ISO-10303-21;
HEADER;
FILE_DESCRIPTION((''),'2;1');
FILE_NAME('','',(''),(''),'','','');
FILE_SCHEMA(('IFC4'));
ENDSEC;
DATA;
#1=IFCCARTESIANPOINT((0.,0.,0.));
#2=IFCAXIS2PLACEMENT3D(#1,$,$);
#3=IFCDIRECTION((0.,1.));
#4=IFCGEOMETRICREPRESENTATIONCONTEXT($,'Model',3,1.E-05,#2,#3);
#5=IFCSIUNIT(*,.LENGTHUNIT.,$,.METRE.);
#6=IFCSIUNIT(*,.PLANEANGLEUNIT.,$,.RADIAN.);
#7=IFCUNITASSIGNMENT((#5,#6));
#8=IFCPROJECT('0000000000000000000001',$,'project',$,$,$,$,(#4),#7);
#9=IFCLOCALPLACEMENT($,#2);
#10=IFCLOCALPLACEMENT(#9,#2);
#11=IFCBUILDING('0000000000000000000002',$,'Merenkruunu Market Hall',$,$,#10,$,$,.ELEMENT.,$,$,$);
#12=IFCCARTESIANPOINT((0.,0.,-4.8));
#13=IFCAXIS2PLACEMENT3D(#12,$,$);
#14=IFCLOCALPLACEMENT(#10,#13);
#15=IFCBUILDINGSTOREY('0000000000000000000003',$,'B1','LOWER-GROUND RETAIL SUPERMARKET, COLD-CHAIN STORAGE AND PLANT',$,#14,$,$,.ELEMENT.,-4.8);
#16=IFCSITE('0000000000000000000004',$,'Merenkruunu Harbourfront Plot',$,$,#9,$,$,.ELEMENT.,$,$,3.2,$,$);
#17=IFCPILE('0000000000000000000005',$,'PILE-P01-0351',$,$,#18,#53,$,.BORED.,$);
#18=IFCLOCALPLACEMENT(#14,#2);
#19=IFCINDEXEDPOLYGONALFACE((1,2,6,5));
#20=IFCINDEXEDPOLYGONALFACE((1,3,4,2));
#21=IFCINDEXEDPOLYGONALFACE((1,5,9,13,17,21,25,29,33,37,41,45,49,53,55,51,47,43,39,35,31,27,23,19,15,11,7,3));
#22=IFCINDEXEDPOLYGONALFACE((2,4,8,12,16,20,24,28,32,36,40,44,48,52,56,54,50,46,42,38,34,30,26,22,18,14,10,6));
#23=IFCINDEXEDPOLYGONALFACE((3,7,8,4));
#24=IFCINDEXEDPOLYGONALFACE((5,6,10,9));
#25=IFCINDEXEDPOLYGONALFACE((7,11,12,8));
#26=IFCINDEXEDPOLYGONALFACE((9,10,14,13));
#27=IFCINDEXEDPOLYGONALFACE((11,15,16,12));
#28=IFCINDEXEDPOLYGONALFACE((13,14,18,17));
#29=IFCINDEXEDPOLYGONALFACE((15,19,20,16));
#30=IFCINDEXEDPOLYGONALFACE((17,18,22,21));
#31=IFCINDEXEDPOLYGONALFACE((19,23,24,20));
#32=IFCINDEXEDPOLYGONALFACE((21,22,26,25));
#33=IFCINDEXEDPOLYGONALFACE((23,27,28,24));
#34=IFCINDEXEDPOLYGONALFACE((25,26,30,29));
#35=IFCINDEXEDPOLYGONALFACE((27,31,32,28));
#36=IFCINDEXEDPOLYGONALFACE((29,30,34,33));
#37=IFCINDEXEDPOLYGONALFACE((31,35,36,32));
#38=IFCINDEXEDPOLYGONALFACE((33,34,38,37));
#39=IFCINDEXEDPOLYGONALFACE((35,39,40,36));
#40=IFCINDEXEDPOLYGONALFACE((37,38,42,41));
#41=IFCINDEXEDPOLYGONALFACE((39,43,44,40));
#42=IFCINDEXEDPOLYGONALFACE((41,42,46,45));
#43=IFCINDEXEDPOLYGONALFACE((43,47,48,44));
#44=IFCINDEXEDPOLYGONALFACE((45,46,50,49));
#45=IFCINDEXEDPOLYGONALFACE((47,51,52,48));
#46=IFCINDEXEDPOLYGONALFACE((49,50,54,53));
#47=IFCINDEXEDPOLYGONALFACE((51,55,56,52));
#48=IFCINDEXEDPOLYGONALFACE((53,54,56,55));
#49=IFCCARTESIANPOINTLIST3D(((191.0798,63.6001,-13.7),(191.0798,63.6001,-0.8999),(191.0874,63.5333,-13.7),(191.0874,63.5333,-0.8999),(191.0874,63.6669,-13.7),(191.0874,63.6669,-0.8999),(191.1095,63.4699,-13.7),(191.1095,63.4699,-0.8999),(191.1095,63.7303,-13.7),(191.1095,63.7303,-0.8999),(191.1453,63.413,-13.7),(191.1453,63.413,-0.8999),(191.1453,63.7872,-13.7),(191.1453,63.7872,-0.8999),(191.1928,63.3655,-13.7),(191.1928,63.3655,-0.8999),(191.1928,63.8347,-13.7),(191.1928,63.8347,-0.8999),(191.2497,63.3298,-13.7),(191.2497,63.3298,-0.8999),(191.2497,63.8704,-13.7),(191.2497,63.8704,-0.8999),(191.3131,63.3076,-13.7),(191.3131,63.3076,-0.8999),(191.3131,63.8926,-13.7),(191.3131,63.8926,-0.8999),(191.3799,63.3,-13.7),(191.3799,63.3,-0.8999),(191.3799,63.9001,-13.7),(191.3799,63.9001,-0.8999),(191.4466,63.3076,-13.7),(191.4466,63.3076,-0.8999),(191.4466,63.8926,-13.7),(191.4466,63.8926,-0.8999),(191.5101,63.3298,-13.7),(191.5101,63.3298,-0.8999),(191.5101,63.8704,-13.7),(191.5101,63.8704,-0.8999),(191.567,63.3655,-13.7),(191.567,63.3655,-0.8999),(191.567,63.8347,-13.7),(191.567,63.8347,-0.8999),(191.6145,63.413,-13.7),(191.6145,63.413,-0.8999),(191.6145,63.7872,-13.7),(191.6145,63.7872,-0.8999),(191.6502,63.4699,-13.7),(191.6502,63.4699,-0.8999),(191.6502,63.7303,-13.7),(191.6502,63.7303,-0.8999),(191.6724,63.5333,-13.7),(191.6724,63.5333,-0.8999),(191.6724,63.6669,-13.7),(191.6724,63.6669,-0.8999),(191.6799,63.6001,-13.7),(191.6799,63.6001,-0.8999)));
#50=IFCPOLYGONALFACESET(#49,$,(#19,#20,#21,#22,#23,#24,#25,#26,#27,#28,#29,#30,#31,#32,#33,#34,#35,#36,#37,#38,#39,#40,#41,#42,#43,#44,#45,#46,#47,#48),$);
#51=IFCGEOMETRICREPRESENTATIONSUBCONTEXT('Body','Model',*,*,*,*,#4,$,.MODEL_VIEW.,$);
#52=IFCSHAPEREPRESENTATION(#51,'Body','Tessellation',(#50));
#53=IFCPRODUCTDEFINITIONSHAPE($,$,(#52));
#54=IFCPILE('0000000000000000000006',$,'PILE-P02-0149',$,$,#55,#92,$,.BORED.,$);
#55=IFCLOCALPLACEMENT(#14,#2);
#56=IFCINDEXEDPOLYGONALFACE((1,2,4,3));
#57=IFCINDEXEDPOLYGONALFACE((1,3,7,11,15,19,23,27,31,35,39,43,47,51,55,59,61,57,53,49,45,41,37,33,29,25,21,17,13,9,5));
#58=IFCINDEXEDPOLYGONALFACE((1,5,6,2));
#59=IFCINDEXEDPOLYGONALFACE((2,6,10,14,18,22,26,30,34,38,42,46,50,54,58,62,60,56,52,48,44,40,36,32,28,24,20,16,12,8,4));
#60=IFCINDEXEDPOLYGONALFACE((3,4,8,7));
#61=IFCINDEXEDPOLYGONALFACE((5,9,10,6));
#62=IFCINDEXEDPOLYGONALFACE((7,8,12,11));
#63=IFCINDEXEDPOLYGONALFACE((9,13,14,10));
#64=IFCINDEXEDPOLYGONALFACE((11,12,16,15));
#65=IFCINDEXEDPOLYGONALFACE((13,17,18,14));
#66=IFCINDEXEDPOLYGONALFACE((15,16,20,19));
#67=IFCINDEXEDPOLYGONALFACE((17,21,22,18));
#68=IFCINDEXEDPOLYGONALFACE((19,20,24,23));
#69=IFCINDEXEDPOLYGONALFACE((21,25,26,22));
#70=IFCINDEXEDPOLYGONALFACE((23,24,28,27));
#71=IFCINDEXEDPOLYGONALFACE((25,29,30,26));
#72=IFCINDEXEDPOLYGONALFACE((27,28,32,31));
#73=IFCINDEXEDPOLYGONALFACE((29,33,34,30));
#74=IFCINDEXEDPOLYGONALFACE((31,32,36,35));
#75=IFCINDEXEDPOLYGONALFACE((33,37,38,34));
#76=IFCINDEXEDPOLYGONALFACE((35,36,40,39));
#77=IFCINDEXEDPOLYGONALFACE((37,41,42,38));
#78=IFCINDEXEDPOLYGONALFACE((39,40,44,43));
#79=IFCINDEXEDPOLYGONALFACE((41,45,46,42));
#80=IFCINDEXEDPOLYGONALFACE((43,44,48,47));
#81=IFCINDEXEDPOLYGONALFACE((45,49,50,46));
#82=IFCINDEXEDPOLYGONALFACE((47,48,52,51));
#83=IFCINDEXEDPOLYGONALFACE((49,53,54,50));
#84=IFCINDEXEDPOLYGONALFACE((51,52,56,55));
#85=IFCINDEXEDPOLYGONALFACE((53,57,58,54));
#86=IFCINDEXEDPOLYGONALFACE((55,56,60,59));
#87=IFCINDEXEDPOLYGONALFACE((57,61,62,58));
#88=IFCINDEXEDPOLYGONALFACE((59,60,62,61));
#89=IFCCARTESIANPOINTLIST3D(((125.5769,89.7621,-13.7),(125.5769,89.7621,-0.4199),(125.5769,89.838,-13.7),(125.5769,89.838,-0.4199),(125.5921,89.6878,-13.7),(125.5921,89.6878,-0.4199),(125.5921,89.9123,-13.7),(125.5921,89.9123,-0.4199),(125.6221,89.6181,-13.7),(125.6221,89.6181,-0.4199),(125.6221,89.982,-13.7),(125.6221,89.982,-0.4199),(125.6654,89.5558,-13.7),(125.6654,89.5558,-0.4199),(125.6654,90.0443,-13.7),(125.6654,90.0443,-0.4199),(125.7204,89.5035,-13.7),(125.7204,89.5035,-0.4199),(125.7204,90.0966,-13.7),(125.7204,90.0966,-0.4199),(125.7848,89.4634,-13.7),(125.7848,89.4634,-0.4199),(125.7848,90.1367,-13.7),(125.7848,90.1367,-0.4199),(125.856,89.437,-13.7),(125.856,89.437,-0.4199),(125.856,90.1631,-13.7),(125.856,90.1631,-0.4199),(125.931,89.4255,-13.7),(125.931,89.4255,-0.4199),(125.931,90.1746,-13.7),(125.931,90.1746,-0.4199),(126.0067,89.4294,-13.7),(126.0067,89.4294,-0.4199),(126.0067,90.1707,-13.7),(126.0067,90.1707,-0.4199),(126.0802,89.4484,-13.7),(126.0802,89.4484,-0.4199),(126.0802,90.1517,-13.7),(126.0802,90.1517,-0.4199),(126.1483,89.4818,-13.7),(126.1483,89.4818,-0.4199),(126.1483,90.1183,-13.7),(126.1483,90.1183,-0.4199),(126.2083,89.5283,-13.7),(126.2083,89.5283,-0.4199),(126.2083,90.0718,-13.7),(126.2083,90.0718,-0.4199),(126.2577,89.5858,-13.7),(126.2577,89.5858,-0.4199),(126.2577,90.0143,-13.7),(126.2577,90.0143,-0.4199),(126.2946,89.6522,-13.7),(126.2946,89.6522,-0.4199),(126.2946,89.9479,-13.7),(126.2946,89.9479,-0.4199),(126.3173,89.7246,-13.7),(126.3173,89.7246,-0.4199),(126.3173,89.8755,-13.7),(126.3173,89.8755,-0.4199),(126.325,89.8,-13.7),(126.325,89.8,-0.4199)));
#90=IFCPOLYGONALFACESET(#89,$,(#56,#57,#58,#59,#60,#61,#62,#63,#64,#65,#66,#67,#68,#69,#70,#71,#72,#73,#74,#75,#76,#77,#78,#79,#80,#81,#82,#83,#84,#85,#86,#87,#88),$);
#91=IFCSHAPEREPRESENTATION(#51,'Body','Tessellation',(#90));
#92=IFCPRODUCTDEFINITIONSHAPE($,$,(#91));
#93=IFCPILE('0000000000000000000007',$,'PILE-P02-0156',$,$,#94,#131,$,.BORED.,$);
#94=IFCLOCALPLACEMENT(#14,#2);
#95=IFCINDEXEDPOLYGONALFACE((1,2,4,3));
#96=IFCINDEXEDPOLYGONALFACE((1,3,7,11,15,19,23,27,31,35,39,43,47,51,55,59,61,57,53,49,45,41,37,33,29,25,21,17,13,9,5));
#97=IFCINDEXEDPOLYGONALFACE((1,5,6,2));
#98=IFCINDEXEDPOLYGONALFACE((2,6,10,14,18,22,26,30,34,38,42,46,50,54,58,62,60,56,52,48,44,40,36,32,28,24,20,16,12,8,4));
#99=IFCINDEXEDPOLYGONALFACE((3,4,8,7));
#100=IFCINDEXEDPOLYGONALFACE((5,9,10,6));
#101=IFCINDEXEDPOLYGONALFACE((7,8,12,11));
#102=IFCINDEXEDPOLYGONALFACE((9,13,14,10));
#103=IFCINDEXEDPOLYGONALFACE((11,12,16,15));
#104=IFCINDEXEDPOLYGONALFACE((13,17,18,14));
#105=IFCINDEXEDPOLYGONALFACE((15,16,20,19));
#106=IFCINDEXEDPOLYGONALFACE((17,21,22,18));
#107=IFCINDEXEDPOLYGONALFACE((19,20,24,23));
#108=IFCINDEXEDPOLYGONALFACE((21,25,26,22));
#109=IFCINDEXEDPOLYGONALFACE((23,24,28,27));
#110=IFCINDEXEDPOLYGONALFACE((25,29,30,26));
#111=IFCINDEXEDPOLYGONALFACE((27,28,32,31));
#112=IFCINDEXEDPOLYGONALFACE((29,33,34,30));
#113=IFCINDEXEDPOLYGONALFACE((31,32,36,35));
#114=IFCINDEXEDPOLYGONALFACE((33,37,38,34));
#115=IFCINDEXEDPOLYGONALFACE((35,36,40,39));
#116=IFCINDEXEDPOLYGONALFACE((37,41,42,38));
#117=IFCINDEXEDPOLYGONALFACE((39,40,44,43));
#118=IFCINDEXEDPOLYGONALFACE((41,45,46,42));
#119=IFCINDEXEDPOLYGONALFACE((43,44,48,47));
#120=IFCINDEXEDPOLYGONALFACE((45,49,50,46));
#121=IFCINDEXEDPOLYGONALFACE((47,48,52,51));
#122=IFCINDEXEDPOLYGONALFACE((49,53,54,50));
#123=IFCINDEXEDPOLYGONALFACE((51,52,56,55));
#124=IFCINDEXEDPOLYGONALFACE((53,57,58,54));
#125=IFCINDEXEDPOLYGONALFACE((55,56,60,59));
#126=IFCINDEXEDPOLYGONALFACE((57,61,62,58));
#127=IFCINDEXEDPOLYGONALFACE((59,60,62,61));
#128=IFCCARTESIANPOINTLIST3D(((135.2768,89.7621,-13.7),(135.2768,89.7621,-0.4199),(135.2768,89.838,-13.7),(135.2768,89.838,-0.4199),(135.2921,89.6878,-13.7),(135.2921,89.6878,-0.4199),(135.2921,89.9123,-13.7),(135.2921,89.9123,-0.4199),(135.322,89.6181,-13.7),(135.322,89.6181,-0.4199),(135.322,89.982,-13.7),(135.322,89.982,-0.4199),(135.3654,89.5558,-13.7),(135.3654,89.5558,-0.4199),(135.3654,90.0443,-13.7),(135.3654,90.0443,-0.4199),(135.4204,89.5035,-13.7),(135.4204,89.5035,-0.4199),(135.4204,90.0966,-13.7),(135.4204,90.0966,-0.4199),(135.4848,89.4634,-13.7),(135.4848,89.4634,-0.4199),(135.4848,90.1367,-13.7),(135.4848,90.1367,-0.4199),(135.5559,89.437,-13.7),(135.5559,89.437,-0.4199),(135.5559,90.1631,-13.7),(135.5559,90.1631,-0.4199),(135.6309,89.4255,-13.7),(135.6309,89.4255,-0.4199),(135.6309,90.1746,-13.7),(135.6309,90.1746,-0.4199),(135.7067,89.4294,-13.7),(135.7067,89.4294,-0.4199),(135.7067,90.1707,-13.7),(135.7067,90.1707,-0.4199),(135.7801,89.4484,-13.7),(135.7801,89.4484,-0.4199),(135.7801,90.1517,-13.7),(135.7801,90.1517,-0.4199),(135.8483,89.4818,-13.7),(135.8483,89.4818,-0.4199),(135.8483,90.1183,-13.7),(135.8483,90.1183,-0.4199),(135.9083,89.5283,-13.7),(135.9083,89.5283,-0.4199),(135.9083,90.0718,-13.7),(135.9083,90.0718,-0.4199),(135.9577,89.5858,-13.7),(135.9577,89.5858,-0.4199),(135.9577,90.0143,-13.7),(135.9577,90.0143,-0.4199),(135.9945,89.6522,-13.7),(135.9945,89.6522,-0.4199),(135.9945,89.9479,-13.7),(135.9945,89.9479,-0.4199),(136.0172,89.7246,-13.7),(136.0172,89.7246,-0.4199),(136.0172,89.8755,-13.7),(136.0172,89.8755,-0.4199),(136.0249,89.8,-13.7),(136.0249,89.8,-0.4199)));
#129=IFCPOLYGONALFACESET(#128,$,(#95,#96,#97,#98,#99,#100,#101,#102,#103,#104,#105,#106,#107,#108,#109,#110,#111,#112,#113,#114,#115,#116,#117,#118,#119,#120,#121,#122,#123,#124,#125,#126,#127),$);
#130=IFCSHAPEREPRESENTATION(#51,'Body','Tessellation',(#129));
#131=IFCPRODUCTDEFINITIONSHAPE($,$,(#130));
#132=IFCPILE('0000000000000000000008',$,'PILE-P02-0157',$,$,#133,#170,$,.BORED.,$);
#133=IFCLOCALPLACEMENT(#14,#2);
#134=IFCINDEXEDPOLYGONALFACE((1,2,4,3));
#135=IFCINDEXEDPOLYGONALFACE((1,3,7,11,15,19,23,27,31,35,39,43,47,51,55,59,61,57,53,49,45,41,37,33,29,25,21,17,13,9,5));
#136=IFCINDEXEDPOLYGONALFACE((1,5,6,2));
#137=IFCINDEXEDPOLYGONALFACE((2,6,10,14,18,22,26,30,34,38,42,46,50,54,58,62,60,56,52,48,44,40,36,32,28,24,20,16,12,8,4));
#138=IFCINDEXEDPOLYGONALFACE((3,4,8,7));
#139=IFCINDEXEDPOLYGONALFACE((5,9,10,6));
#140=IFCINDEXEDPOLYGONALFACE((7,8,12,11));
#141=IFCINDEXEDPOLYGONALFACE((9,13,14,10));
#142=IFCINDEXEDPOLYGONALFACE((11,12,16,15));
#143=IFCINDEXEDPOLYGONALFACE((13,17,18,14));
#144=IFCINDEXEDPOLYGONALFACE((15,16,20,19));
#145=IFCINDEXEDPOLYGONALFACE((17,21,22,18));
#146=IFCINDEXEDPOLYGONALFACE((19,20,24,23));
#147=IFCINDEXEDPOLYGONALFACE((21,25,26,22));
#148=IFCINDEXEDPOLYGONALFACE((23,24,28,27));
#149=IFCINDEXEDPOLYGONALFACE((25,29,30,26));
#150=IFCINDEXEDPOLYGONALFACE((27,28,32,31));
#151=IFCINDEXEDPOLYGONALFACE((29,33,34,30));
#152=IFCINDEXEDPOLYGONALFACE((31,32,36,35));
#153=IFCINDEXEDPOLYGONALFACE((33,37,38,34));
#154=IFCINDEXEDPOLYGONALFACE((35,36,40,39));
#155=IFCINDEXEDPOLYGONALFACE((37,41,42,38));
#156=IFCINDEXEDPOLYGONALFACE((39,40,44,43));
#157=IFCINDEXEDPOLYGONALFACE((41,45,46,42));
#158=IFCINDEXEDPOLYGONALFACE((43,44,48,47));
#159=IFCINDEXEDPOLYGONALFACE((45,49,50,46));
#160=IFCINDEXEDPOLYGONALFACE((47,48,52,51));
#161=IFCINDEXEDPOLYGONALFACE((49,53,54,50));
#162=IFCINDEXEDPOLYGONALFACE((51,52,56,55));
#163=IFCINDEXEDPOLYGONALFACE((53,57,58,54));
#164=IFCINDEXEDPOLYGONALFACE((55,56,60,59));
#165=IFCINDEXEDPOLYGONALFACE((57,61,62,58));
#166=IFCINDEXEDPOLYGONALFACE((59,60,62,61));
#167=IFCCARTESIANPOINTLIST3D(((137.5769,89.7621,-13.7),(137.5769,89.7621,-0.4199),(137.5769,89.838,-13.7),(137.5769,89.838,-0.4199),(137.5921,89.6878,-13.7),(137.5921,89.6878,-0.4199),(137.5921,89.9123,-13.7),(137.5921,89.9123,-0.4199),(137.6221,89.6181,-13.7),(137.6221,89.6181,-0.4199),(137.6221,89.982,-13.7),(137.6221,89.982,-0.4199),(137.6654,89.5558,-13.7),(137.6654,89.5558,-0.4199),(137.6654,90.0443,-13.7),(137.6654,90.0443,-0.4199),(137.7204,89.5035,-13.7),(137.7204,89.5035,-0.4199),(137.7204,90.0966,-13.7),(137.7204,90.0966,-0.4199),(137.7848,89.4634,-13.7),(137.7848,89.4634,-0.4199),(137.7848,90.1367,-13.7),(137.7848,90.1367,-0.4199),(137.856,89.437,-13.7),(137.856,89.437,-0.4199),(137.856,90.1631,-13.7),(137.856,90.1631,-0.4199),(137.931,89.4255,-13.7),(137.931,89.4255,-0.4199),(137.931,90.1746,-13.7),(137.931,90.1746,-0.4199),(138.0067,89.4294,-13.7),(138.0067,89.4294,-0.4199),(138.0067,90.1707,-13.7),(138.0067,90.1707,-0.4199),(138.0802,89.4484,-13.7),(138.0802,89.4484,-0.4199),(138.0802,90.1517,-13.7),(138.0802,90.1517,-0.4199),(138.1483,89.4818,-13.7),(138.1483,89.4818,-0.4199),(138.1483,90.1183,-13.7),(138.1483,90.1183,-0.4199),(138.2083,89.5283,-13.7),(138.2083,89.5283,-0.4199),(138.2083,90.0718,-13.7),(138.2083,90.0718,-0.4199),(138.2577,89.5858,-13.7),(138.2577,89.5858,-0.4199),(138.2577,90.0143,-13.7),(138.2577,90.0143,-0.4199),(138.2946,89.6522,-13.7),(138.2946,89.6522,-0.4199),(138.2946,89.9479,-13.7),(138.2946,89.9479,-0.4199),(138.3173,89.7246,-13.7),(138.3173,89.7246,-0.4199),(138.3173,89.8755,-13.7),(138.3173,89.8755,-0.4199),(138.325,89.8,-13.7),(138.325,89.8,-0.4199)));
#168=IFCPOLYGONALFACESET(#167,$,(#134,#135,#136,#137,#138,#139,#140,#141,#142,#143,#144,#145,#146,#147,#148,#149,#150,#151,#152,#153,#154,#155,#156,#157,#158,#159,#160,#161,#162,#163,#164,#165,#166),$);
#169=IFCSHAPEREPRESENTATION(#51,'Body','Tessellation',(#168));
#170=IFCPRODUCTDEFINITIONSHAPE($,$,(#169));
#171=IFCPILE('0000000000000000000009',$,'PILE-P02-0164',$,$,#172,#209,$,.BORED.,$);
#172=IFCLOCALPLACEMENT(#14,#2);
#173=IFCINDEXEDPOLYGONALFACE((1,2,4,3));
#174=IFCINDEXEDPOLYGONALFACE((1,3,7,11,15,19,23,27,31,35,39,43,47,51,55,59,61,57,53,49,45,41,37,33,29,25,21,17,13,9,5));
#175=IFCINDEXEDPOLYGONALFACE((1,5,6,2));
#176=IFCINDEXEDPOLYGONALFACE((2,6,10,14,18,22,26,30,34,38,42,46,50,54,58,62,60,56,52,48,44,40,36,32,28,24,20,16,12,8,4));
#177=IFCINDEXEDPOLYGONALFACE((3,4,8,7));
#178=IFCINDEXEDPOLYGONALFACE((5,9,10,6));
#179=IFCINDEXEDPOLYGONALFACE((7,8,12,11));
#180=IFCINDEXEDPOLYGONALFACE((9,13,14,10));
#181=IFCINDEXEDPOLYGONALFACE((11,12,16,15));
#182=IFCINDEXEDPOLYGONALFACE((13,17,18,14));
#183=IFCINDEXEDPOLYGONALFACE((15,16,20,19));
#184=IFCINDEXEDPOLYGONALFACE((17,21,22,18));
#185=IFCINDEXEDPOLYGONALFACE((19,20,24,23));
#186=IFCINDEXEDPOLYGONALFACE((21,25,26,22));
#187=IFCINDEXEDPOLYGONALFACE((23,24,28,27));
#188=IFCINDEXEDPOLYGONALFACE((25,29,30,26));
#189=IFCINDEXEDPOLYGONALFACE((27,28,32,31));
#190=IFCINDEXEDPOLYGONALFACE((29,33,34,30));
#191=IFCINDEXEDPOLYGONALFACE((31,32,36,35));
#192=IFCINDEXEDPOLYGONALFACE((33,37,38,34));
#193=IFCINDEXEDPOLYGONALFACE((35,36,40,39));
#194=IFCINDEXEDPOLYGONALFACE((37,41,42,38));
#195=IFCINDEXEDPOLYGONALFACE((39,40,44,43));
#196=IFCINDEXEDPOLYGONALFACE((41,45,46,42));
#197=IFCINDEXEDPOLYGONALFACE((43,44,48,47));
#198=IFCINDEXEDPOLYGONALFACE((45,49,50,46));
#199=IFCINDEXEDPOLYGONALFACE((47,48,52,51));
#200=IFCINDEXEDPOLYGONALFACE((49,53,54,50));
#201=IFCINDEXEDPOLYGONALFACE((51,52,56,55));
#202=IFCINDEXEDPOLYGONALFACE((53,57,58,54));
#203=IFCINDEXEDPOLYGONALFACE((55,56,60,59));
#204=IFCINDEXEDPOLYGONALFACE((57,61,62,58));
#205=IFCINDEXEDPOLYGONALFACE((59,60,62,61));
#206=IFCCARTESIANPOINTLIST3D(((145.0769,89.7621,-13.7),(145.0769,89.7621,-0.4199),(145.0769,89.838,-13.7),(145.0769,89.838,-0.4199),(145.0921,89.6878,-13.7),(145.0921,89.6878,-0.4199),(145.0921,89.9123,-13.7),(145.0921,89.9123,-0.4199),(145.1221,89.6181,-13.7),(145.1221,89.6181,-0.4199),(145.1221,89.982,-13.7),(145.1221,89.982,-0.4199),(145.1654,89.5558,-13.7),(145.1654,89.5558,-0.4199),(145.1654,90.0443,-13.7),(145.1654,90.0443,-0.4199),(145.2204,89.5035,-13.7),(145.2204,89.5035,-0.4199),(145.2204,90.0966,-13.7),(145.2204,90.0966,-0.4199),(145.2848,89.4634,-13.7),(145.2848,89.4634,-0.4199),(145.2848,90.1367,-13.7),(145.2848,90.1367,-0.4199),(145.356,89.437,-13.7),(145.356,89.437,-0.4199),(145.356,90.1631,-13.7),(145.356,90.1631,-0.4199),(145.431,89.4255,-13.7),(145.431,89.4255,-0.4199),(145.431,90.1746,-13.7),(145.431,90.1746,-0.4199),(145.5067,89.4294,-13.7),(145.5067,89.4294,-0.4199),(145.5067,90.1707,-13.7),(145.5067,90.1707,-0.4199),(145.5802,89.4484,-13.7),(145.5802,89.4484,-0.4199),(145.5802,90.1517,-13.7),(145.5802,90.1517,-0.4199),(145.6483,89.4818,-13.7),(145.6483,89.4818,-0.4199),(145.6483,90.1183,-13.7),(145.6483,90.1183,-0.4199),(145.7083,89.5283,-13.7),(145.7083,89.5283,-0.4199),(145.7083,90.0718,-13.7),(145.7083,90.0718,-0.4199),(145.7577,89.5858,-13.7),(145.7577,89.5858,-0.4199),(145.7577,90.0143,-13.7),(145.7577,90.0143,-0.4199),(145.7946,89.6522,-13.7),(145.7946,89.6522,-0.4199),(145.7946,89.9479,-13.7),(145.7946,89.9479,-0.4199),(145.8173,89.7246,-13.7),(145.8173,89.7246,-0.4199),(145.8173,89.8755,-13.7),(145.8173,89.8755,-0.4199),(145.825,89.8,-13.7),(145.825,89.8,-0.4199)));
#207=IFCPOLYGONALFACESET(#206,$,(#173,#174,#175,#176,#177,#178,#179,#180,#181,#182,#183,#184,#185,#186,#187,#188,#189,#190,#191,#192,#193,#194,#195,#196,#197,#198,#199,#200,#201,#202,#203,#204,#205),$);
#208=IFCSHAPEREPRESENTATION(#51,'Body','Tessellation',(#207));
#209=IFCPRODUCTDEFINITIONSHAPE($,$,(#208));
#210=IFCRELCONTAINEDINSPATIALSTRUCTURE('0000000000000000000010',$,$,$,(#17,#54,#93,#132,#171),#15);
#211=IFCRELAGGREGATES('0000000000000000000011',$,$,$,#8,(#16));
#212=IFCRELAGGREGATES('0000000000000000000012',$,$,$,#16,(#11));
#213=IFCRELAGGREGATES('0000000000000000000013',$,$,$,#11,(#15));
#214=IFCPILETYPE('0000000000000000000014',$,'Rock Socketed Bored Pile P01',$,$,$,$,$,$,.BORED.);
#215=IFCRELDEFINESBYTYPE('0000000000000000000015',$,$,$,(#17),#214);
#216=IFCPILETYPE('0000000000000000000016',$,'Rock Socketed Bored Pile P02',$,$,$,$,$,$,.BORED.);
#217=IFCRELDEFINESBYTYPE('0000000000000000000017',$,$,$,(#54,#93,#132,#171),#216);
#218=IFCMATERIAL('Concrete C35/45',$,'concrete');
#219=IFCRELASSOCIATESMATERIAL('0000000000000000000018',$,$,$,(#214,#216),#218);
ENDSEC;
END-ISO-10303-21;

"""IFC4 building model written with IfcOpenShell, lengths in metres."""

from ifc_helpers import new_model, si_unit, direction, frame, origin, origin_2d, place, context, subcontext, project, spatial, circle, extrude, material, material_profile, profile_set, type_object, element, save


model = new_model("IFC4")

# Units and contexts
model_context = context("Model", 3, precision=1e-05, world=origin(), true_north=direction((0.0, 1.0)))
body_context = subcontext(model_context, "Body", "Model", "MODEL_VIEW")
ifc_project = project(units=[si_unit("LENGTHUNIT", "METRE"), si_unit("PLANEANGLEUNIT", "RADIAN")], contexts=[model_context])

# Site, building, storey
site_placement = place(None, origin())
site = spatial("IfcSite", under=ifc_project, at=site_placement, Name="Merenkruunu Harbourfront Plot", CompositionType="ELEMENT", RefElevation=3.2)
building_placement = place(site_placement, origin())
building = spatial("IfcBuilding", under=site, at=building_placement, Name="Merenkruunu Market Hall", CompositionType="ELEMENT")
storey_placement = place(building_placement, frame((0.0, 0.0, -4.8)))
storey = spatial("IfcBuildingStorey", under=building, at=storey_placement, Name="B1", Description="LOWER-GROUND RETAIL SUPERMARKET, COLD-CHAIN STORAGE AND PLANT", CompositionType="ELEMENT", Elevation=-4.8)

# Shared definitions
ifc_material = material(Name="Concrete C35/45", Category="concrete")

# Piles
ifc_material_profile_1 = material_profile(ifc_material, circle(Radius=0.3, at=origin_2d()), Name="BORED PILE 600")
ifc_profile_set_1 = profile_set([ifc_material_profile_1], Name="Concrete C35/45")
pile_type_1 = type_object("IfcPileType", Name="Rock Socketed Bored Pile P01", PredefinedType="BORED", material=ifc_profile_set_1)
for number, where, z_axis, x_axis, name in (
    (1, (191.3799, 63.6001, -0.8999), (0.0, 0.0, -1.0), (1.0, 0.0, 0.0), "PILE-P01-0351"),
):
    element("IfcPile", number, at=place(storey_placement, frame(where, z_axis=z_axis, x_axis=x_axis)), inside=storey, type_object=pile_type_1, Name=name, PredefinedType="BORED", context=body_context, shape_type="SweptSolid", body=[
        extrude(circle(Radius=0.3, at=origin_2d()), origin(), (0.0, 0.0, 1.0), 12.8),
    ])
ifc_material_profile_2 = material_profile(ifc_material, circle(Radius=0.375, at=origin_2d()), Name="BORED PILE 750")
ifc_profile_set_2 = profile_set([ifc_material_profile_2], Name="Concrete C35/45")
pile_type_2 = type_object("IfcPileType", Name="Rock Socketed Bored Pile P02", PredefinedType="BORED", material=ifc_profile_set_2)
for number, where, z_axis, x_axis, name in (
    (2, (125.95, 89.8, -0.4199), (0.0, 0.0, -1.0), (1.0, 0.0, 0.0), "PILE-P02-0149"),
    (3, (135.6499, 89.8, -0.4199), (0.0, 0.0, -1.0), (1.0, 0.0, 0.0), "PILE-P02-0156"),
    (4, (137.95, 89.8, -0.4199), (0.0, 0.0, -1.0), (1.0, 0.0, 0.0), "PILE-P02-0157"),
    (5, (145.45, 89.8, -0.4199), (0.0, 0.0, -1.0), (1.0, 0.0, 0.0), "PILE-P02-0164"),
):
    element("IfcPile", number, at=place(storey_placement, frame(where, z_axis=z_axis, x_axis=x_axis)), inside=storey, type_object=pile_type_2, Name=name, PredefinedType="BORED", context=body_context, shape_type="SweptSolid", body=[
        extrude(circle(Radius=0.375, at=origin_2d()), origin(), (0.0, 0.0, 1.0), 13.28),
    ])

save(model, "model.ifc")
